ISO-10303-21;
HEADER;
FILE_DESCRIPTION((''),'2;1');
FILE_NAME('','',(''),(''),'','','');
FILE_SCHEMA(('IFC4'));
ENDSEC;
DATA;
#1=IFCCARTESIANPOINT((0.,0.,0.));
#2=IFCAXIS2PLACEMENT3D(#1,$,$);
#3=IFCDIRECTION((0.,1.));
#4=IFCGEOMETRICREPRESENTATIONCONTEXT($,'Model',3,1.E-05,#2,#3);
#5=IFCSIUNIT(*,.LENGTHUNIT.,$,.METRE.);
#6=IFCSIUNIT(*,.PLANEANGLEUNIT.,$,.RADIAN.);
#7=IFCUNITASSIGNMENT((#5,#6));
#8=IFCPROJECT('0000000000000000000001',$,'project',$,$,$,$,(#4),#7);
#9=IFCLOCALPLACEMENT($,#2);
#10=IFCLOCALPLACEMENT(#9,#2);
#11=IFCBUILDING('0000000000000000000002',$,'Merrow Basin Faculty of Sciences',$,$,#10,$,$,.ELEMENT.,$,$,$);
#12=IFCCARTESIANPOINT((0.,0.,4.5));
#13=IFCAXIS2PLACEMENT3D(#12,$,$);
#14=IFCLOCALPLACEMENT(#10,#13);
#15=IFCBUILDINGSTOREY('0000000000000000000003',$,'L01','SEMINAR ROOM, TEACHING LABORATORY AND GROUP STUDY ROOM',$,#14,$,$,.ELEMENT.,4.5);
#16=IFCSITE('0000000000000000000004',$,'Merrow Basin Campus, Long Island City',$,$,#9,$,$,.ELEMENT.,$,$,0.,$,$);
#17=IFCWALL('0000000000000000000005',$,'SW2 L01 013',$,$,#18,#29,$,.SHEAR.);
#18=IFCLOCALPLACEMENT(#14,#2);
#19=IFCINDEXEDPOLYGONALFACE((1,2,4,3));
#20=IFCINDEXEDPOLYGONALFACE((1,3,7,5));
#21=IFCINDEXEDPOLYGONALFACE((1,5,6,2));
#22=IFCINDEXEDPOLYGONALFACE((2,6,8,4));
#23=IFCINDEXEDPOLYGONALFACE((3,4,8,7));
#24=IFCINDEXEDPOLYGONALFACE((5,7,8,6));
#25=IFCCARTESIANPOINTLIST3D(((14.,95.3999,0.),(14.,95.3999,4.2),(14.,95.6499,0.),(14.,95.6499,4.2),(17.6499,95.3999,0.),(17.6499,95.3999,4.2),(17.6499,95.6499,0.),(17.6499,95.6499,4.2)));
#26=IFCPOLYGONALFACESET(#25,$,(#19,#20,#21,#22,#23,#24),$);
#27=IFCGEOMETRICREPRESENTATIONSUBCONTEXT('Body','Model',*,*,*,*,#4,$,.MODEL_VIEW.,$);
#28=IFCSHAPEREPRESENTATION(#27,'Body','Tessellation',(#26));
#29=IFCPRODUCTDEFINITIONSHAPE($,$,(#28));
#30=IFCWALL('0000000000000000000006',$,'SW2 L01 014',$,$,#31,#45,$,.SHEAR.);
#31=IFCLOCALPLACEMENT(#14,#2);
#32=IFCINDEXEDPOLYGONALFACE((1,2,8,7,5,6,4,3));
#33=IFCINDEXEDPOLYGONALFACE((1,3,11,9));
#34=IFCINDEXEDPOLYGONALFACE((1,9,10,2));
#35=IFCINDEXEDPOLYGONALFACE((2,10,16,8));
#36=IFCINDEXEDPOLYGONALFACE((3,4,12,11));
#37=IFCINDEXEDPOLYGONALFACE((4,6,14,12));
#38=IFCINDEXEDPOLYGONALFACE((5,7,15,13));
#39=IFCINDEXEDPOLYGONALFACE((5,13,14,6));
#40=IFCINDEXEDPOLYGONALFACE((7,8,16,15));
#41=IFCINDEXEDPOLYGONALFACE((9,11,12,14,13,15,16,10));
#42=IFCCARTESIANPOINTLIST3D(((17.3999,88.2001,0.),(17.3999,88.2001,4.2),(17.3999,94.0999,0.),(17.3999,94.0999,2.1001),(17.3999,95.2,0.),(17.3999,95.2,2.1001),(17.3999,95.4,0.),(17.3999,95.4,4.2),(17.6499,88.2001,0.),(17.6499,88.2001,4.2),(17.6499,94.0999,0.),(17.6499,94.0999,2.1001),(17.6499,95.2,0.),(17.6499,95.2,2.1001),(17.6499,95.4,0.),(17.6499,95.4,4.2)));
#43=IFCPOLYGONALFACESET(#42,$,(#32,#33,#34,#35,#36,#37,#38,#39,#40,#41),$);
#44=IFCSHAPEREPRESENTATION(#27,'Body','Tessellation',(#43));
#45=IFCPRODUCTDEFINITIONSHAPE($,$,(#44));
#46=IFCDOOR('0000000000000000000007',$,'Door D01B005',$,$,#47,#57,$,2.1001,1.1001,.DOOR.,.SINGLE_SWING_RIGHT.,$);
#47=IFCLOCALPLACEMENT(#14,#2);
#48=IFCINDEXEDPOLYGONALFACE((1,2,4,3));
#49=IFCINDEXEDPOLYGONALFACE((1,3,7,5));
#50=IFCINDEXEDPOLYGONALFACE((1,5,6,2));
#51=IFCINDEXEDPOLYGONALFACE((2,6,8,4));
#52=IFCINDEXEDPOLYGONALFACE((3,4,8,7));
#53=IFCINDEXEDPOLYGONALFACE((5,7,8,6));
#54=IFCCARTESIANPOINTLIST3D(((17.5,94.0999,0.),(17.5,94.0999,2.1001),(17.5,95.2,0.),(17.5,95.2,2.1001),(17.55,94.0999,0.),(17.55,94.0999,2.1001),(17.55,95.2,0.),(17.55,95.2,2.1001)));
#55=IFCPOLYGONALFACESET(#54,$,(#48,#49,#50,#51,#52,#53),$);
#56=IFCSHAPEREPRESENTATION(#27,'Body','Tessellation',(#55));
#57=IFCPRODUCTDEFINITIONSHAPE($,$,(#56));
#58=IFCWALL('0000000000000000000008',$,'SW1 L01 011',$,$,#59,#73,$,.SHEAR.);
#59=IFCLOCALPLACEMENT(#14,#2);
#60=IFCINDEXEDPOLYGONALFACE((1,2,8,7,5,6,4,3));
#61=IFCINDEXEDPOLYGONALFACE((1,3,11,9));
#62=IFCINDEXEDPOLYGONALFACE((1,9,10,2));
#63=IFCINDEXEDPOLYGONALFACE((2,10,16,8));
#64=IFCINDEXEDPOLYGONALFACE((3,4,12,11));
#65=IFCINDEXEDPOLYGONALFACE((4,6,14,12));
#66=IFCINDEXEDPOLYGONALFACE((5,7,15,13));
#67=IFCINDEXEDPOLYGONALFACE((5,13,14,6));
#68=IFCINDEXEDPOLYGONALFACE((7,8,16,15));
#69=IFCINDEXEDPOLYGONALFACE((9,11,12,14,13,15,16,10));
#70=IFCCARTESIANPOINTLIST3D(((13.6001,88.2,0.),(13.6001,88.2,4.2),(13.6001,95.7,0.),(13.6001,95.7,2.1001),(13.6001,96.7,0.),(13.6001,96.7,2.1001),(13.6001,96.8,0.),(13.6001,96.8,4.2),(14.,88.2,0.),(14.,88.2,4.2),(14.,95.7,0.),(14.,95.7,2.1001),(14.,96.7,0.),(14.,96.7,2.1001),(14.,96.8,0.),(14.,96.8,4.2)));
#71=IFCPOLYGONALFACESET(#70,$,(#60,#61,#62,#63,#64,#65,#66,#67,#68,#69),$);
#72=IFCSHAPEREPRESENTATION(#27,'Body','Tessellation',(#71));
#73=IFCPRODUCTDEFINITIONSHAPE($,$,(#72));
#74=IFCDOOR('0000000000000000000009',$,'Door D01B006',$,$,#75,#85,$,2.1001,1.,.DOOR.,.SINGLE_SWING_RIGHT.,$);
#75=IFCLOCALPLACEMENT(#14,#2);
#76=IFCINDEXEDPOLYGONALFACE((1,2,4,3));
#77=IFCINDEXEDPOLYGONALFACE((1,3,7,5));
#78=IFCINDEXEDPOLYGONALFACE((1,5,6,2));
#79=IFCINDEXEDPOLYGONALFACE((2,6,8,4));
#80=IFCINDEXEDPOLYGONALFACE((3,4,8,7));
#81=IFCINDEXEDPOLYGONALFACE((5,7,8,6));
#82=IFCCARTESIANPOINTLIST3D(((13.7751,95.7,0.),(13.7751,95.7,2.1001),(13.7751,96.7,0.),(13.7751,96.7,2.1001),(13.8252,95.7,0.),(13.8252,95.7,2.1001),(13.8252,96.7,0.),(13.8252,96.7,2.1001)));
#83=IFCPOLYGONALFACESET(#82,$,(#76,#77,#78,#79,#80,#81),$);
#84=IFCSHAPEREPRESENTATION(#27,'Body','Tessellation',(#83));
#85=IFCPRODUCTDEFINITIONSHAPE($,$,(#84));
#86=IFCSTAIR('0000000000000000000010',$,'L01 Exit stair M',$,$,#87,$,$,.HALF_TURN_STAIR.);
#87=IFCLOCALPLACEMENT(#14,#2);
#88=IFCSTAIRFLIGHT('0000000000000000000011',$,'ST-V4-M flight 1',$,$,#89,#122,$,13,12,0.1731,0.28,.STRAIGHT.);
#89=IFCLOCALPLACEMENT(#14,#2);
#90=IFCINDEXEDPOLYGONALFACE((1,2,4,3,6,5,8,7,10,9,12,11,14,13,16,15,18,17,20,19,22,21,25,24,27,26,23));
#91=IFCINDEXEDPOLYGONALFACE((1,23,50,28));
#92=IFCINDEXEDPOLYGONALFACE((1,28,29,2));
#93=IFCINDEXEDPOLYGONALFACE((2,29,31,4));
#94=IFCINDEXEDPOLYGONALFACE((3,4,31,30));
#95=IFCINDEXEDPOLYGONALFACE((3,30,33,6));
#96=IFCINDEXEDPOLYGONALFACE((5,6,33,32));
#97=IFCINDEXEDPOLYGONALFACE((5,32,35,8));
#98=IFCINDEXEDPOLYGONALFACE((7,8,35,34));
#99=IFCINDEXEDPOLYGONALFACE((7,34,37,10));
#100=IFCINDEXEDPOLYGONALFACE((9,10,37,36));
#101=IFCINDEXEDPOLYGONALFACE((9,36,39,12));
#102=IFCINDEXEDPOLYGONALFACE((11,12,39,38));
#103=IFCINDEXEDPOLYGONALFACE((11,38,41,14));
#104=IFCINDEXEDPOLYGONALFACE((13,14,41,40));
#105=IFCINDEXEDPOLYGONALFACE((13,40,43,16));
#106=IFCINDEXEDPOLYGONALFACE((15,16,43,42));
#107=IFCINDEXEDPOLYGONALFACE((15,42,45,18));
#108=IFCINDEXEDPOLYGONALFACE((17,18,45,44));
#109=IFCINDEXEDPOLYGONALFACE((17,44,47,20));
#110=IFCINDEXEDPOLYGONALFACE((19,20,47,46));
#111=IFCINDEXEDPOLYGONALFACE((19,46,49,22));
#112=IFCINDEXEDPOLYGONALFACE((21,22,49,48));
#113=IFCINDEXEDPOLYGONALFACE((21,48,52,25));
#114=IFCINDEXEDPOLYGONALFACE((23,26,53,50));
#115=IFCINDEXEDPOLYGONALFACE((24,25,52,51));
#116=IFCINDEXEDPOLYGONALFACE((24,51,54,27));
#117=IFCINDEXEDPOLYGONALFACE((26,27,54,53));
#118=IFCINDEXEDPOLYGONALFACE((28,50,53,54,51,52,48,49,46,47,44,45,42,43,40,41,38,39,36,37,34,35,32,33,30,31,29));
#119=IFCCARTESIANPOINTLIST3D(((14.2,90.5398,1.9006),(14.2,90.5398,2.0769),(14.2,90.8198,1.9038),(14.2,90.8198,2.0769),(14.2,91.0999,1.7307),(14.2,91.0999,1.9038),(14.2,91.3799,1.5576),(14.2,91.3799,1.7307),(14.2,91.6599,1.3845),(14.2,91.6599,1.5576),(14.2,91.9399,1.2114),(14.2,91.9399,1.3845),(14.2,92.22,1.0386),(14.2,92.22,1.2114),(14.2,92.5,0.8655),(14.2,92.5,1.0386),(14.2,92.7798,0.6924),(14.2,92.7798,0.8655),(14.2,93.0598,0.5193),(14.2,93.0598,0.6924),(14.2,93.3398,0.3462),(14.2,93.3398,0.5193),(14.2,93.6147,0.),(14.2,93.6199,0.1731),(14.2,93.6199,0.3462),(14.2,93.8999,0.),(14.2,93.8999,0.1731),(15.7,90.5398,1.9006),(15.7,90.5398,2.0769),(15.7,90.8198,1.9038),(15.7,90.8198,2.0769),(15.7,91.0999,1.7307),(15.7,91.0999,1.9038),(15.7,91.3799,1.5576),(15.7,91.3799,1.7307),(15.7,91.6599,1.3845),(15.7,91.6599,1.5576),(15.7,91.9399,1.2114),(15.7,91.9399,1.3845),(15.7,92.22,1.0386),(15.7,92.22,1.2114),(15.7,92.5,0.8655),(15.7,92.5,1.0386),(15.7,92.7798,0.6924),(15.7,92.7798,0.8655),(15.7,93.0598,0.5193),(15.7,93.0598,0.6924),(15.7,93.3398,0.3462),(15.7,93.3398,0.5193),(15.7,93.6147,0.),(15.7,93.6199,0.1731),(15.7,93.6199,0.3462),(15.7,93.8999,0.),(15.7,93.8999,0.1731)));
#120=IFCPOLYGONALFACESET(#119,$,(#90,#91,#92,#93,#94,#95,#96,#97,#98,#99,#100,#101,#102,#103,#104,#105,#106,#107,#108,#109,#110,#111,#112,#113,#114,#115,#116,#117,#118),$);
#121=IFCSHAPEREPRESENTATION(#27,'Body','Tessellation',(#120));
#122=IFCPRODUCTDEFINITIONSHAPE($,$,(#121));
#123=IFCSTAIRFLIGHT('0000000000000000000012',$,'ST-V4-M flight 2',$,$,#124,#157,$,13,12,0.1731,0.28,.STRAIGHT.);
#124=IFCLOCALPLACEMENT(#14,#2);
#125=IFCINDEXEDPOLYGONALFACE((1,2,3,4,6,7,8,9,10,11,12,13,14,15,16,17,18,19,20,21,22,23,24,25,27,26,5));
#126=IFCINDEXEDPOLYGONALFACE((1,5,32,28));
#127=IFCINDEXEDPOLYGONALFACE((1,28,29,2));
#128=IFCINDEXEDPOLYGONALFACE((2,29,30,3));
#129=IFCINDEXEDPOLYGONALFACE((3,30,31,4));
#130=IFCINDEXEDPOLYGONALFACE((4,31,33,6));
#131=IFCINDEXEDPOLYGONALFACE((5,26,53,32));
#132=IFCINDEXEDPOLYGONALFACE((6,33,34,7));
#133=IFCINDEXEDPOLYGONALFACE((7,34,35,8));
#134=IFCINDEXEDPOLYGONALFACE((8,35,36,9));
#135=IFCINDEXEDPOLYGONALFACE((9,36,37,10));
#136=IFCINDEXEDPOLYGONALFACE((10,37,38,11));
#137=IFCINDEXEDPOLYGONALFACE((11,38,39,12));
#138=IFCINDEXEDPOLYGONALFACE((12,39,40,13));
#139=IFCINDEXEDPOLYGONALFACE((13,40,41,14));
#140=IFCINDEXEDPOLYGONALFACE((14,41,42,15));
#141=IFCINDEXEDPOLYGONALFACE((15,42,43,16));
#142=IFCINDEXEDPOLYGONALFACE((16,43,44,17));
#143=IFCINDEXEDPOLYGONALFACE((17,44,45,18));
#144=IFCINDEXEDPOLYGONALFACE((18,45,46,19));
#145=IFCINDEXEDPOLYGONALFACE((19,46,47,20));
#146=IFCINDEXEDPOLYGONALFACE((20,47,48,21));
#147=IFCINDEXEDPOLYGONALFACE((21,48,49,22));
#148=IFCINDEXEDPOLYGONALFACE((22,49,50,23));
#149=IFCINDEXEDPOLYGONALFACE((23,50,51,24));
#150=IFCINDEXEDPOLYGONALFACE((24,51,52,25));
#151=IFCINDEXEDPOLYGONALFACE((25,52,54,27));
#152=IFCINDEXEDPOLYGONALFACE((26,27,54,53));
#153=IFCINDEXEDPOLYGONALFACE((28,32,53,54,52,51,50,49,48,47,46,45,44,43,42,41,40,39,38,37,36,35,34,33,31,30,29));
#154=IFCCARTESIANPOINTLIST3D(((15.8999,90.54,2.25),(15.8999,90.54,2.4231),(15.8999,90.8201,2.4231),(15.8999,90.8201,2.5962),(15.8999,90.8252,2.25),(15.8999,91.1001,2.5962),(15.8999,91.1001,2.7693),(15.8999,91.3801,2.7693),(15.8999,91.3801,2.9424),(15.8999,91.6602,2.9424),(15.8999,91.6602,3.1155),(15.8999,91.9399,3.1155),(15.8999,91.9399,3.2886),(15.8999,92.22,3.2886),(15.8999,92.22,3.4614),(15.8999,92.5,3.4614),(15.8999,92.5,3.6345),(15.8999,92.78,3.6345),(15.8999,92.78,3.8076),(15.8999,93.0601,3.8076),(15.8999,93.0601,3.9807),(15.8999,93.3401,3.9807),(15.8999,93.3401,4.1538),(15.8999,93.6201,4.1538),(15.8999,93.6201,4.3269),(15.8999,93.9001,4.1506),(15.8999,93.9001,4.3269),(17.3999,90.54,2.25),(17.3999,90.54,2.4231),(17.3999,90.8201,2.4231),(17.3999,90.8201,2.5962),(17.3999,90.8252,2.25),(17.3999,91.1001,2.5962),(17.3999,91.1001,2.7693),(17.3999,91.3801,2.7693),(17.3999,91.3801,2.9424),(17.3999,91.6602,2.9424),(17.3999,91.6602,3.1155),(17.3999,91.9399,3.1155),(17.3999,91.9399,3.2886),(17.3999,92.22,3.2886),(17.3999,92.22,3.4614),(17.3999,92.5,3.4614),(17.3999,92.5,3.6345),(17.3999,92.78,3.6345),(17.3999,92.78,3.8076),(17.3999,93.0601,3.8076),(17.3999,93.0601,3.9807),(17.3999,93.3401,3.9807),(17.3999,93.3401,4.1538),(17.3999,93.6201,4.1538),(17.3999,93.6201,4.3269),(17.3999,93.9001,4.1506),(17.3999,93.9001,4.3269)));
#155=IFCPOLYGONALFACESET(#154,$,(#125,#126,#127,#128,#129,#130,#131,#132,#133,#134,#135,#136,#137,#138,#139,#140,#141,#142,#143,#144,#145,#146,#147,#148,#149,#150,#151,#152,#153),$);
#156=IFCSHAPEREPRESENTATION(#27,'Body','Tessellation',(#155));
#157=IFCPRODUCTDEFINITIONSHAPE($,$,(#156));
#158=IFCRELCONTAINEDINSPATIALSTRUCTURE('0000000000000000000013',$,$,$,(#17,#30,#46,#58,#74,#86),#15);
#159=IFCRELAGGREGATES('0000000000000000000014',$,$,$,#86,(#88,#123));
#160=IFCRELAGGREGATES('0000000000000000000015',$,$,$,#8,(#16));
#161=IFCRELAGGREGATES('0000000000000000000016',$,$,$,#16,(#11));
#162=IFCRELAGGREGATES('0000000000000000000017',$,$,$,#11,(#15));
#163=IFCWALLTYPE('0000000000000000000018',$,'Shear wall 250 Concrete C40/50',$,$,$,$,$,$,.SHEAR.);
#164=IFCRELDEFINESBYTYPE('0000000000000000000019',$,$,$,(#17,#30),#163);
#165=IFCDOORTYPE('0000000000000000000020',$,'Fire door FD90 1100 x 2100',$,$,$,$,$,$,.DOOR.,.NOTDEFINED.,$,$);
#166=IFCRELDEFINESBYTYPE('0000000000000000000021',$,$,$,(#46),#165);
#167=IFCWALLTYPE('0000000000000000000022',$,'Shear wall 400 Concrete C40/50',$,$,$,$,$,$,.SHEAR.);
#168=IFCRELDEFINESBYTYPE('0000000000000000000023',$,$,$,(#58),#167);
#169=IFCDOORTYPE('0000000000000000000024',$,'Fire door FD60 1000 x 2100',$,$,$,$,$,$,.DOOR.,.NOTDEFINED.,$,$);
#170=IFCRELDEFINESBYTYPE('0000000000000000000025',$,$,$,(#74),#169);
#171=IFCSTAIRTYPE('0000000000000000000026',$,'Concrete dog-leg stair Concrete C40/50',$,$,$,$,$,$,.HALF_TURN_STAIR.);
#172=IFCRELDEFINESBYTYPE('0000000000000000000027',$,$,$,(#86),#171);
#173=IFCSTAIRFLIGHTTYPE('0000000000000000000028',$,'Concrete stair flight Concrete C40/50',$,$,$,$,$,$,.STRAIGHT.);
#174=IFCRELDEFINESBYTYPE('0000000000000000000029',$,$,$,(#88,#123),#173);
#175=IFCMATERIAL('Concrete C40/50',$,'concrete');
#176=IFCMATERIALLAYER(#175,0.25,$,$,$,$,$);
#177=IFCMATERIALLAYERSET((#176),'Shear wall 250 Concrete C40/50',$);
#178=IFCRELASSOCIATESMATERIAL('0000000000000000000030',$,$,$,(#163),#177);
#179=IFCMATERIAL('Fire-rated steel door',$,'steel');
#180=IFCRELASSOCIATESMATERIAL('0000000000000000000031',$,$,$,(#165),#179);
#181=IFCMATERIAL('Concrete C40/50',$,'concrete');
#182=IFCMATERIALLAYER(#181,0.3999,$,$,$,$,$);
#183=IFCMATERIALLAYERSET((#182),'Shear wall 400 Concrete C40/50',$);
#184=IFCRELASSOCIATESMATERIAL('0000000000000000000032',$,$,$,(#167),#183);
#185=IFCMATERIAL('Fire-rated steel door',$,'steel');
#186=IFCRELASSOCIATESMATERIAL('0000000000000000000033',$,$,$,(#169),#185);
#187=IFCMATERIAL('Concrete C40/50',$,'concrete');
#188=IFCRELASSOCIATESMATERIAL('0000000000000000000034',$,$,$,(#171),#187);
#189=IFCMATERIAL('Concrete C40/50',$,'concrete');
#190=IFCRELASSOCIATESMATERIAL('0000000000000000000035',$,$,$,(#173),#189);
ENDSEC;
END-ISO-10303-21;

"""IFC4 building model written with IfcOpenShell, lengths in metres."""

from ifc_helpers import new_model, si_unit, direction, frame, frame_2d, origin, place, context, subcontext, project, spatial, polyline, rectangle, outline, extrude, material, layer, layer_set, type_object, element, fill, aggregate, save


model = new_model("IFC4")

# Units and contexts
model_context = context("Model", 3, precision=1e-05, world=origin(), true_north=direction((0.0, 1.0)))
body_context = subcontext(model_context, "Body", "Model", "MODEL_VIEW")
ifc_project = project(units=[si_unit("LENGTHUNIT", "METRE"), si_unit("PLANEANGLEUNIT", "RADIAN")], contexts=[model_context])

# Site, building, storey
site_placement = place(None, origin())
site = spatial("IfcSite", under=ifc_project, at=site_placement, Name="Merrow Basin Campus, Long Island City", CompositionType="ELEMENT", RefElevation=0.0)
building_placement = place(site_placement, origin())
building = spatial("IfcBuilding", under=site, at=building_placement, Name="Merrow Basin Faculty of Sciences", CompositionType="ELEMENT")
storey_placement = place(building_placement, frame((0.0, 0.0, 4.5)))
storey = spatial("IfcBuildingStorey", under=building, at=storey_placement, Name="L01", Description="SEMINAR ROOM, TEACHING LABORATORY AND GROUP STUDY ROOM", CompositionType="ELEMENT", Elevation=4.5)

# Wall
ifc_material_1 = material(Name="Concrete C40/50", Category="concrete")
ifc_layer_1 = layer(ifc_material_1, 0.25)
ifc_layer_set_1 = layer_set([ifc_layer_1], Name="Shear wall 250 Concrete C40/50")
wall_type_1 = type_object("IfcWallType", Name="Shear wall 250 Concrete C40/50", PredefinedType="SHEAR", material=ifc_layer_set_1)
wall_1_placement = place(storey_placement, frame((14.0, 95.5249, 0.0), z_axis=(0.0, 0.0, 1.0), x_axis=(1.0, 0.0, 0.0)))
element("IfcWall", 1, at=wall_1_placement, inside=storey, type_object=wall_type_1, Name="SW2 L01 013", PredefinedType="SHEAR", context=body_context, shape_type="SweptSolid", body=[
    extrude(rectangle(XDim=3.6499, YDim=0.25, at=frame_2d((1.825, 0.0))), origin(), (0.0, 0.0, 1.0), 4.2),
])

# Walls, openings, doors
wall_2_placement = place(storey_placement, frame((17.5249, 88.2, 0.0), z_axis=(0.0, 0.0, 1.0), x_axis=(0.0, 1.0, 0.0)))
wall_2 = element("IfcWall", 2, at=wall_2_placement, inside=storey, type_object=wall_type_1, Name="SW2 L01 014", PredefinedType="SHEAR", context=body_context, shape_type="SweptSolid", body=[
    extrude(rectangle(XDim=7.2, YDim=0.25, at=frame_2d((3.6001, 0.0))), origin(), (0.0, 0.0, 1.0), 4.2),
])
opening_1_placement = place(wall_2_placement, frame((5.8999, 0.0, 0.0)))
opening_1 = element("IfcOpeningElement", 3, at=opening_1_placement, cuts=wall_2, PredefinedType="OPENING", context=body_context, shape_type="SweptSolid", body=[
    extrude(rectangle(XDim=1.1001, YDim=2.1001, at=frame_2d((0.55, 1.05))), frame((0.0, 0.135, 0.0), z_axis=(0.0, -1.0, 0.0), x_axis=(1.0, 0.0, 0.0)), (0.0, 0.0, 1.0), 0.27),
])
ifc_material_2 = material(Name="Fire-rated steel door", Category="steel")
door_type_1 = type_object("IfcDoorType", Name="Fire door FD90 1100 x 2100", OperationType="NOTDEFINED", PredefinedType="DOOR", material=ifc_material_2)
door_1_placement = place(opening_1_placement, origin())
door_1 = element("IfcDoor", 4, at=door_1_placement, inside=storey, type_object=door_type_1, Name="Door D01B005", OperationType="SINGLE_SWING_RIGHT", OverallHeight=2.1001, OverallWidth=1.1001, PredefinedType="DOOR", context=body_context, shape_type="SweptSolid", body=[
    extrude(rectangle(XDim=1.1001, YDim=2.1001, at=frame_2d((0.55, 1.05))), frame((0.0, 0.0249, 0.0), z_axis=(0.0, -1.0, 0.0), x_axis=(1.0, 0.0, 0.0)), (0.0, 0.0, 1.0), 0.05),
])
fill(opening_1, door_1)
ifc_material_3 = material(Name="Concrete C40/50", Category="concrete")
ifc_layer_2 = layer(ifc_material_3, 0.3999)
ifc_layer_set_2 = layer_set([ifc_layer_2], Name="Shear wall 400 Concrete C40/50")
wall_type_2 = type_object("IfcWallType", Name="Shear wall 400 Concrete C40/50", PredefinedType="SHEAR", material=ifc_layer_set_2)
wall_3_placement = place(storey_placement, frame((13.8, 88.2, 0.0), z_axis=(0.0, 0.0, 1.0), x_axis=(0.0, 1.0, 0.0)))
wall_3 = element("IfcWall", 5, at=wall_3_placement, inside=storey, type_object=wall_type_2, Name="SW1 L01 011", PredefinedType="SHEAR", context=body_context, shape_type="SweptSolid", body=[
    extrude(rectangle(XDim=8.6001, YDim=0.3999, at=frame_2d((4.3, 0.0))), origin(), (0.0, 0.0, 1.0), 4.2),
])
opening_2_placement = place(wall_3_placement, frame((7.5, 0.0, 0.0)))
opening_2 = element("IfcOpeningElement", 6, at=opening_2_placement, cuts=wall_3, PredefinedType="OPENING", context=body_context, shape_type="SweptSolid", body=[
    extrude(rectangle(XDim=1.0, YDim=2.1001, at=frame_2d((0.5, 1.05))), frame((0.0, 0.21, 0.0), z_axis=(0.0, -1.0, 0.0), x_axis=(1.0, 0.0, 0.0)), (0.0, 0.0, 1.0), 0.4199),
])
ifc_material_4 = material(Name="Fire-rated steel door", Category="steel")
door_type_2 = type_object("IfcDoorType", Name="Fire door FD60 1000 x 2100", OperationType="NOTDEFINED", PredefinedType="DOOR", material=ifc_material_4)
door_2_placement = place(opening_2_placement, origin())
door_2 = element("IfcDoor", 7, at=door_2_placement, inside=storey, type_object=door_type_2, Name="Door D01B006", OperationType="SINGLE_SWING_RIGHT", OverallHeight=2.1001, OverallWidth=1.0, PredefinedType="DOOR", context=body_context, shape_type="SweptSolid", body=[
    extrude(rectangle(XDim=1.0, YDim=2.1001, at=frame_2d((0.5, 1.05))), frame((0.0, 0.0249, 0.0), z_axis=(0.0, -1.0, 0.0), x_axis=(1.0, 0.0, 0.0)), (0.0, 0.0, 1.0), 0.05),
])
fill(opening_2, door_2)

# Stair, stair flights
ifc_material_5 = material(Name="Concrete C40/50", Category="concrete")
stair_type = type_object("IfcStairType", Name="Concrete dog-leg stair Concrete C40/50", PredefinedType="HALF_TURN_STAIR", material=ifc_material_5)
stair_placement = place(storey_placement, origin())
stair = element("IfcStair", 8, at=stair_placement, inside=storey, type_object=stair_type, Name="L01 Exit stair M", PredefinedType="HALF_TURN_STAIR")
ifc_material_6 = material(Name="Concrete C40/50", Category="concrete")
stair_flight_type = type_object("IfcStairFlightType", Name="Concrete stair flight Concrete C40/50", PredefinedType="STRAIGHT", material=ifc_material_6)
stair_flight_1_placement = place(storey_placement, frame((14.95, 93.8999, 0.0), z_axis=(0.0, 0.0, 1.0), x_axis=(0.0, -1.0, 0.0)))
stair_flight_1 = element("IfcStairFlight", 9, at=stair_flight_1_placement, type_object=stair_flight_type, Name="ST-V4-M flight 1", NumberOfRisers=13, NumberOfTreads=12, PredefinedType="STRAIGHT", RiserHeight=0.1731, TreadLength=0.28, context=body_context, shape_type="SweptSolid", body=[
    extrude(outline(polyline([(0.0, 0.0), (0.0, 0.1731), (0.28, 0.1731), (0.28, 0.3462), (0.5601, 0.3462), (0.5601, 0.5193), (0.8401, 0.5193), (0.8401, 0.6924), (1.1201, 0.6924), (1.1201, 0.8655), (1.3999, 0.8655), (1.3999, 1.0386), (1.6799, 1.0386), (1.6799, 1.2114), (1.96, 1.2114), (1.96, 1.3845), (2.24, 1.3845), (2.24, 1.5576), (2.52, 1.5576), (2.52, 1.7307), (2.8, 1.7307), (2.8, 1.9038), (3.0801, 1.9038), (3.0801, 2.0769), (3.3601, 2.0769), (3.3601, 2.25), (3.3601, 1.9006), (0.2852, 0.0), (0.0, 0.0)])), frame((0.0, 0.75, 0.0), z_axis=(0.0, -1.0, 0.0), x_axis=(1.0, 0.0, 0.0)), (0.0, 0.0, 1.0), 1.5),
])
stair_flight_2_placement = place(storey_placement, frame((16.6499, 90.54, 2.25), z_axis=(0.0, 0.0, 1.0), x_axis=(0.0, 1.0, 0.0)))
stair_flight_2 = element("IfcStairFlight", 10, at=stair_flight_2_placement, type_object=stair_flight_type, Name="ST-V4-M flight 2", NumberOfRisers=13, NumberOfTreads=12, PredefinedType="STRAIGHT", RiserHeight=0.1731, TreadLength=0.28, context=body_context, shape_type="SweptSolid", body=[
    extrude(outline(polyline([(0.0, 0.0), (0.0, 0.1731), (0.28, 0.1731), (0.28, 0.3462), (0.5601, 0.3462), (0.5601, 0.5193), (0.8401, 0.5193), (0.8401, 0.6924), (1.1201, 0.6924), (1.1201, 0.8655), (1.3999, 0.8655), (1.3999, 1.0386), (1.6799, 1.0386), (1.6799, 1.2114), (1.96, 1.2114), (1.96, 1.3845), (2.24, 1.3845), (2.24, 1.5576), (2.52, 1.5576), (2.52, 1.7307), (2.8, 1.7307), (2.8, 1.9038), (3.0801, 1.9038), (3.0801, 2.0769), (3.3601, 2.0769), (3.3601, 2.25), (3.3601, 1.9006), (0.2852, 0.0), (0.0, 0.0)])), frame((0.0, 0.75, 0.0), z_axis=(0.0, -1.0, 0.0), x_axis=(1.0, 0.0, 0.0)), (0.0, 0.0, 1.0), 1.5),
])
aggregate(stair, [stair_flight_1, stair_flight_2])

save(model, "model.ifc")
